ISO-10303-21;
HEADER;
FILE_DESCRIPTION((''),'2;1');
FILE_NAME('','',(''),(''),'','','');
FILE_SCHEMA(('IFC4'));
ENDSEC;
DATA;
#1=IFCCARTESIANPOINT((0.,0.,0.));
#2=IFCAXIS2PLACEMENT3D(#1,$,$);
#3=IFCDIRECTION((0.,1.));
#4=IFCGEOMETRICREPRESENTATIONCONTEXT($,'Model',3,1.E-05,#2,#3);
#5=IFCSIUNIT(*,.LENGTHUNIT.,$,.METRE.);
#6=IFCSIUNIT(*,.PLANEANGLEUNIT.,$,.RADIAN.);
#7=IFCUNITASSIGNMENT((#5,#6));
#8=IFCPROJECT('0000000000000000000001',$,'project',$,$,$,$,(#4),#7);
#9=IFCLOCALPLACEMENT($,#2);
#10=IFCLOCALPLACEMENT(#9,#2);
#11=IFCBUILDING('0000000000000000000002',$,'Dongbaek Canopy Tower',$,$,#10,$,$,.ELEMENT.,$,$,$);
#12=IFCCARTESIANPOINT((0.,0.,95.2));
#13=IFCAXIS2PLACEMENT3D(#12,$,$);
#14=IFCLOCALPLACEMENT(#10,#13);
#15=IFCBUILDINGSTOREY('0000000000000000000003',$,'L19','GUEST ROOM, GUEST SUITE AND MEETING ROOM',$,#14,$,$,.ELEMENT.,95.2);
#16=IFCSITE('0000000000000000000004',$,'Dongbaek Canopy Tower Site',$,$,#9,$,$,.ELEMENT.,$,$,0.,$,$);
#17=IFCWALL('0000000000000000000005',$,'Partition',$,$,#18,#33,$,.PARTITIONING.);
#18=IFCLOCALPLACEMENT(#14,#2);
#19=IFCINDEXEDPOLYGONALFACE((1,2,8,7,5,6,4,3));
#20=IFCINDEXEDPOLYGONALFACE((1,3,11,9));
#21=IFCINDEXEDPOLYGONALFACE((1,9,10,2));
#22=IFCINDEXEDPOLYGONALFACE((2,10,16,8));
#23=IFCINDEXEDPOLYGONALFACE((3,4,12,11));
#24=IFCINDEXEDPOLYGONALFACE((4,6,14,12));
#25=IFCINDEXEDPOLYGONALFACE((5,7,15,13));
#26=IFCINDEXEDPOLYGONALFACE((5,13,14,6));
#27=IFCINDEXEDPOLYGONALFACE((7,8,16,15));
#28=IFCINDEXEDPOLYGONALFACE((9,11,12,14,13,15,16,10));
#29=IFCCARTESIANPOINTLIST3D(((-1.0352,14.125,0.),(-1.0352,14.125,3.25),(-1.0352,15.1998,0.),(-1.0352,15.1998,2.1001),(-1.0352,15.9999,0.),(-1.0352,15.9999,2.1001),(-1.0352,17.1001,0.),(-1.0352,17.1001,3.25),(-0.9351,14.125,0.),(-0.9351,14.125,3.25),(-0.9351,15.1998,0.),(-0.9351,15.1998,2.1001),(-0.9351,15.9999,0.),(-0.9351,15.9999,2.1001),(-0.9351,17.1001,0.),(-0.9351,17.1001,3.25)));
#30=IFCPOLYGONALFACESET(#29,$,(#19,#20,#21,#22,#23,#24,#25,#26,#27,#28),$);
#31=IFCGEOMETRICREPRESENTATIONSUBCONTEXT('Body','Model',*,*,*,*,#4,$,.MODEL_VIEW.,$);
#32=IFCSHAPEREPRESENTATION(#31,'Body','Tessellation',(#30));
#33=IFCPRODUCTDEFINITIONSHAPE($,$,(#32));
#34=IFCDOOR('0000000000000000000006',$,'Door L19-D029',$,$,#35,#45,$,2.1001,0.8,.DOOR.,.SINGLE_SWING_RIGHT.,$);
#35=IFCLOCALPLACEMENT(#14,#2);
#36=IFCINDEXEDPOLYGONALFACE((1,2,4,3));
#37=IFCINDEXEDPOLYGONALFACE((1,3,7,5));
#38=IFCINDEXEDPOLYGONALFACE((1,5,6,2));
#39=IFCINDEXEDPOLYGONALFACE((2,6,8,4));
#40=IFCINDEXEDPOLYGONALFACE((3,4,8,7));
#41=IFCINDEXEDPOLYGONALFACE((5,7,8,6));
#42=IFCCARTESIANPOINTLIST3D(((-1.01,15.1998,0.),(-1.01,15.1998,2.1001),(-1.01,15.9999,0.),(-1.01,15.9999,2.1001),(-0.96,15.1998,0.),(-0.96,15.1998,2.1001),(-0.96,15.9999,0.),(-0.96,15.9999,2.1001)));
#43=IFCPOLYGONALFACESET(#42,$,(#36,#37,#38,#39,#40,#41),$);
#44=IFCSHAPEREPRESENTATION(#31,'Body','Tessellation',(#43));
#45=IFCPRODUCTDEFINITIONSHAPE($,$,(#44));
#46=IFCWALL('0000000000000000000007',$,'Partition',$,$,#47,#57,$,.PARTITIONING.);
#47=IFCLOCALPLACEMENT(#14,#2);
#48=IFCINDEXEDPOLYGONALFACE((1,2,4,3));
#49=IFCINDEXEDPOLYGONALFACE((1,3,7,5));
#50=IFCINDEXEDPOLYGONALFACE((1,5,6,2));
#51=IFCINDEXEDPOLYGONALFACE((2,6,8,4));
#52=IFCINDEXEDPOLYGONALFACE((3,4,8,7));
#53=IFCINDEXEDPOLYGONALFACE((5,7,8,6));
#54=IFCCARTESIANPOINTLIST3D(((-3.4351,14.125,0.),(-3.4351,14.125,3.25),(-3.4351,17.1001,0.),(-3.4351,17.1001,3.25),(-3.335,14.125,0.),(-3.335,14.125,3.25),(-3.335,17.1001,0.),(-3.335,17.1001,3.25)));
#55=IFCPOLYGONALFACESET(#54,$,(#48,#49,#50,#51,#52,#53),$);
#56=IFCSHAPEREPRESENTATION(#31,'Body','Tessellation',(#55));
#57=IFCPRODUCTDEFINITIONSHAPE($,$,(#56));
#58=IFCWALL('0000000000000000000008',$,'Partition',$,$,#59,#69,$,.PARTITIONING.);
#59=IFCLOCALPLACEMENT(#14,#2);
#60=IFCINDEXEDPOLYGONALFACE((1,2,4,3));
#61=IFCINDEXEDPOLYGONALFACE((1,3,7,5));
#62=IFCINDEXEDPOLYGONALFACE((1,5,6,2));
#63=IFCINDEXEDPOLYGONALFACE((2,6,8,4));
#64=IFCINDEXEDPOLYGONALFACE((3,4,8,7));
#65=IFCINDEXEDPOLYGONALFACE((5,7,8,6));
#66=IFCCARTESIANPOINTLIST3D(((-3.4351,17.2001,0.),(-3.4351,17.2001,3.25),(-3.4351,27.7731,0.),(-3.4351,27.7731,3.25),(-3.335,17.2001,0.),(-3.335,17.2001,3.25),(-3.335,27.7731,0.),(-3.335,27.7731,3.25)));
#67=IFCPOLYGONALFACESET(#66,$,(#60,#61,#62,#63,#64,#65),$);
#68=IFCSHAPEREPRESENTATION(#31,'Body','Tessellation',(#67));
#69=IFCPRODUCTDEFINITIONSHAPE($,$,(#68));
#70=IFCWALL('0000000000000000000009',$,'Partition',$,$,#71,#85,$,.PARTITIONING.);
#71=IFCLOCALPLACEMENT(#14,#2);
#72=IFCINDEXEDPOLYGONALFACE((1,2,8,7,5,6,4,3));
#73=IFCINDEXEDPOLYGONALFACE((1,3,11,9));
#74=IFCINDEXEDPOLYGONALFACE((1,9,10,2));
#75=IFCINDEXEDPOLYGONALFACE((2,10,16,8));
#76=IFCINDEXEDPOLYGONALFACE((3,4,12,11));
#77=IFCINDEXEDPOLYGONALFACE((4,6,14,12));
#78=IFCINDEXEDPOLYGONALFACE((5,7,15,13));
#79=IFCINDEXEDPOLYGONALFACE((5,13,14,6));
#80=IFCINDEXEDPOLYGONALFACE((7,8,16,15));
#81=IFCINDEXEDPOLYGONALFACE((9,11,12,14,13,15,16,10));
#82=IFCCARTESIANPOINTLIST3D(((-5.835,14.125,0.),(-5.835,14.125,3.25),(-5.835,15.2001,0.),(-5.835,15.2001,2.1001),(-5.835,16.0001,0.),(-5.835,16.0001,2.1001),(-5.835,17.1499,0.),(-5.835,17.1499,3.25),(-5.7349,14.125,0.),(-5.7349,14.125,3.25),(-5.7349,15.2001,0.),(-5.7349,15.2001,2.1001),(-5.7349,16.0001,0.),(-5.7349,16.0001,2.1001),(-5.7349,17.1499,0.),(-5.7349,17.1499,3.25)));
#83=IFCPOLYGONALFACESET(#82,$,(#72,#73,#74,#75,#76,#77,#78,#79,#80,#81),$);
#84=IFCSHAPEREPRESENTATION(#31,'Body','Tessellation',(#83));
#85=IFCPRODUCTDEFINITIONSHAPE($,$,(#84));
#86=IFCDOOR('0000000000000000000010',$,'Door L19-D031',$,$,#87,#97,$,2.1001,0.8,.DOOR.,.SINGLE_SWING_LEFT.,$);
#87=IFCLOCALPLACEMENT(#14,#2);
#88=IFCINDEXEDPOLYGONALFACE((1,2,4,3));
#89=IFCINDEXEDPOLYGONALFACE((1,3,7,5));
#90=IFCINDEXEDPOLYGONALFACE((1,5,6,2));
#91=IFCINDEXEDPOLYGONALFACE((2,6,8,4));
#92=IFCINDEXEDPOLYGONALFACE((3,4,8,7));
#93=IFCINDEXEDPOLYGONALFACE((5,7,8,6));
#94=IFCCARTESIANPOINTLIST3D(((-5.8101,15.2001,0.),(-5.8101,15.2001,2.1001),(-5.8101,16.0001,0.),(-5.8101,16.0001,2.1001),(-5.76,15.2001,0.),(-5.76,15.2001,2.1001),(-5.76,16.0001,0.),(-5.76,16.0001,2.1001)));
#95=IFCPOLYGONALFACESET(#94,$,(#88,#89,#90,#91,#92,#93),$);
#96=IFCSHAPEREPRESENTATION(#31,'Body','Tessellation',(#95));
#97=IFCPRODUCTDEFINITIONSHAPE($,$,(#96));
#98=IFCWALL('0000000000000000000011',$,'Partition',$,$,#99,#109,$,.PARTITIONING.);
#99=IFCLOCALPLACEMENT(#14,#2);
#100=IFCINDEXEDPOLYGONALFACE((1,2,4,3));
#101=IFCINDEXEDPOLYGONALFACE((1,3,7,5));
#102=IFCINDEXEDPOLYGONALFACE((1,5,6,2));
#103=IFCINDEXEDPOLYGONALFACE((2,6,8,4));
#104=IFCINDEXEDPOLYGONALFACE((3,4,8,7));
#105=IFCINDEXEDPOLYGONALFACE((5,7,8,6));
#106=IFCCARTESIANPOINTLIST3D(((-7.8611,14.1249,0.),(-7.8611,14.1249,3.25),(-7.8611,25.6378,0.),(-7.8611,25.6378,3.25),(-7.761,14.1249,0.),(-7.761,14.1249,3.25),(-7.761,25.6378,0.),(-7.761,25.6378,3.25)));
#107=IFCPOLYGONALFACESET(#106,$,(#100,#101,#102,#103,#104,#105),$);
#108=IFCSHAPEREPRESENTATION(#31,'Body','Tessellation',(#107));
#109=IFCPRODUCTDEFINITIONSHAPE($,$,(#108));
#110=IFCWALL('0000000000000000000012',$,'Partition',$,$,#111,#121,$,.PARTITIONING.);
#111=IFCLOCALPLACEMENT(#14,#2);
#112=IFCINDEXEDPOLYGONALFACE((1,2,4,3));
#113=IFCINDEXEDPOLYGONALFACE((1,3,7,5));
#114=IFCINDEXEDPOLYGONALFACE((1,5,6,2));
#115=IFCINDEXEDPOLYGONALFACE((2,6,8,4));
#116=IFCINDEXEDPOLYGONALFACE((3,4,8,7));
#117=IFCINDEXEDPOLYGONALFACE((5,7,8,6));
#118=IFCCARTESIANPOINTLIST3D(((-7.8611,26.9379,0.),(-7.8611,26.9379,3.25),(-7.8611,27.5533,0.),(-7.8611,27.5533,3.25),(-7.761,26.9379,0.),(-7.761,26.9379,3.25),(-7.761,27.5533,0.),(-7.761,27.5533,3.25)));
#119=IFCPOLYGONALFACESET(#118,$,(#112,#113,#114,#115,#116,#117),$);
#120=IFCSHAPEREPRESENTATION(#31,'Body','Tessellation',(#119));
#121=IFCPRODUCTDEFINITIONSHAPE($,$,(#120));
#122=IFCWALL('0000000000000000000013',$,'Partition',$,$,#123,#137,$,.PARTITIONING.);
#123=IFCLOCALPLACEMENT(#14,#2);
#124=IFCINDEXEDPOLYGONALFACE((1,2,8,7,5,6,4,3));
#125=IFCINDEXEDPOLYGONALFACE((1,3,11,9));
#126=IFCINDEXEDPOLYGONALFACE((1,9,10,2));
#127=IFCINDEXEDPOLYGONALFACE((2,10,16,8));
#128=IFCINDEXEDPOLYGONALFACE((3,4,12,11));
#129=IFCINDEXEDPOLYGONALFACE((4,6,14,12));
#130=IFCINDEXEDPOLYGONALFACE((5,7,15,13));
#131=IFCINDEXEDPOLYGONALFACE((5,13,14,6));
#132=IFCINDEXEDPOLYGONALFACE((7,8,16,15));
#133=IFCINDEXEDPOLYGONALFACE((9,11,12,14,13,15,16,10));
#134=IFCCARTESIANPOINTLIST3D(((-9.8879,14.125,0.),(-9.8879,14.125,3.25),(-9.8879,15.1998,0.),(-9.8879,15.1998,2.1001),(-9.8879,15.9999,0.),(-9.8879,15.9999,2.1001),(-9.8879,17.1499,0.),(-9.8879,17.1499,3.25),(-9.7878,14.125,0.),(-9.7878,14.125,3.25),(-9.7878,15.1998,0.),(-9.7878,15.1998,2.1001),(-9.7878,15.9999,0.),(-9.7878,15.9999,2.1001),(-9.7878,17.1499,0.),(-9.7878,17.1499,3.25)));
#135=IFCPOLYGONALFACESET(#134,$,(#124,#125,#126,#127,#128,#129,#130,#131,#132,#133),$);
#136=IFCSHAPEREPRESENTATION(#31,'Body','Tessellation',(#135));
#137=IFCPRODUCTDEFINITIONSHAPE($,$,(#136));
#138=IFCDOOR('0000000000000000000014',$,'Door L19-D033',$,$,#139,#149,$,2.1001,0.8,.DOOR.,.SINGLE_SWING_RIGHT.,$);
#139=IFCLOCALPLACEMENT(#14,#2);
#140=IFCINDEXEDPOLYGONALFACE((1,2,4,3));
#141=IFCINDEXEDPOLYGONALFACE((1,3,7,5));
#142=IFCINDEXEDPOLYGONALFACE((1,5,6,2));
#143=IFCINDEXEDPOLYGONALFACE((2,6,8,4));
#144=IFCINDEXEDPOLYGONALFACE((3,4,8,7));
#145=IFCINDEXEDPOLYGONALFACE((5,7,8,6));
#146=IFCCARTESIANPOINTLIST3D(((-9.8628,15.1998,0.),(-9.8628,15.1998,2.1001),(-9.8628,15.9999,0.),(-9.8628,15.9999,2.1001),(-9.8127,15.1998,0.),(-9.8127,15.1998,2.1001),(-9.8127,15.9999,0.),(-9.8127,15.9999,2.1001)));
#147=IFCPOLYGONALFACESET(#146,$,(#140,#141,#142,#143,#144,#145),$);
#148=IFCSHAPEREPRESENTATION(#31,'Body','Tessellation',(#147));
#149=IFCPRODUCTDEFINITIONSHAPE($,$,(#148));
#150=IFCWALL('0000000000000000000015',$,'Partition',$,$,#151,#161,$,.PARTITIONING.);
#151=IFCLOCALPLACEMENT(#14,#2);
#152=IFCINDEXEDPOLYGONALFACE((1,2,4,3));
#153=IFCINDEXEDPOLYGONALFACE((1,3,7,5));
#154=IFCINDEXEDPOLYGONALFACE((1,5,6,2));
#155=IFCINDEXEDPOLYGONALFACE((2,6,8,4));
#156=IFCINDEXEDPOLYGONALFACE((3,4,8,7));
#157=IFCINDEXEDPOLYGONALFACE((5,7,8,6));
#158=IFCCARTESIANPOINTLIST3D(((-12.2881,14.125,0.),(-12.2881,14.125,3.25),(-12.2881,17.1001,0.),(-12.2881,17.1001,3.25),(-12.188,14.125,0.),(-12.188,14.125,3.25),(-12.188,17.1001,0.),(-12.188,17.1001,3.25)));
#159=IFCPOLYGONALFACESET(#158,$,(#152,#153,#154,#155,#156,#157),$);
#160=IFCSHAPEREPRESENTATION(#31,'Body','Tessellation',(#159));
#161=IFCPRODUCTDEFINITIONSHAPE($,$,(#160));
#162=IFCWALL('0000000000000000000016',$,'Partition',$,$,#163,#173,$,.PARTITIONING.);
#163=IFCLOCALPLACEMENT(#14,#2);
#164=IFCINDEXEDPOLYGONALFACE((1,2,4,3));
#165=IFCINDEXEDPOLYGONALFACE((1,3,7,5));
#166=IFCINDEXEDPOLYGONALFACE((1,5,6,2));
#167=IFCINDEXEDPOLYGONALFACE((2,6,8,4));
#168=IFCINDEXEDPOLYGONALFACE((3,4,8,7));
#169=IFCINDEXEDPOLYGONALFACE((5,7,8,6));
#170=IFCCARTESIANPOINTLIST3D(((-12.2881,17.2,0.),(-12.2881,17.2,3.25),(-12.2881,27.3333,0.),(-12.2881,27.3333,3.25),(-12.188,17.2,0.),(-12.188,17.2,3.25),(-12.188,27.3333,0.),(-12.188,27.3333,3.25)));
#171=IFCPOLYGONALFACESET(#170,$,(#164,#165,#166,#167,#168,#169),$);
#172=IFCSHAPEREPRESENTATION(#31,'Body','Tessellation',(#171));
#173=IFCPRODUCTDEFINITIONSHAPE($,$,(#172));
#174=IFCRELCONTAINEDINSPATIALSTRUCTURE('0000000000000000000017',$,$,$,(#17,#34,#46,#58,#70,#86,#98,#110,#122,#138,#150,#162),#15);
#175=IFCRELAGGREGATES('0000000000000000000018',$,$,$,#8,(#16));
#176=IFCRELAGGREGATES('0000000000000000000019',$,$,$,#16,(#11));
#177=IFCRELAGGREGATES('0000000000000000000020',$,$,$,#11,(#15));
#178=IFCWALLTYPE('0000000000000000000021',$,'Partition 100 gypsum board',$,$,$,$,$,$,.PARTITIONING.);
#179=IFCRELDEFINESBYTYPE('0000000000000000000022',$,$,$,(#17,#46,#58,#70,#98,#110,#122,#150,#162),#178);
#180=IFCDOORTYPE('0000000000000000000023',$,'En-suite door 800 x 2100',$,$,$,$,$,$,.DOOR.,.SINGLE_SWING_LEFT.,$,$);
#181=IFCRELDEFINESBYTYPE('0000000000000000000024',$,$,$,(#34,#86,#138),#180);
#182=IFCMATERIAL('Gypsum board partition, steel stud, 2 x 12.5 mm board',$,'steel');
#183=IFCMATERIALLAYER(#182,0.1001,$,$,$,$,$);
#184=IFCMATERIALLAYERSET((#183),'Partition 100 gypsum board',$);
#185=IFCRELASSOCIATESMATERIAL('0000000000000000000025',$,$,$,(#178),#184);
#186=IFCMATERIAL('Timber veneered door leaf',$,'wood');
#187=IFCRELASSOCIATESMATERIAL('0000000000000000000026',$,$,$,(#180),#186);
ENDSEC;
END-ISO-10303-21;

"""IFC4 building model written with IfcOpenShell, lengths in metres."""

from ifc_helpers import new_model, si_unit, direction, frame, frame_2d, origin, place, context, subcontext, project, spatial, rectangle, extrude, material, layer, layer_set, type_object, element, fill, save


model = new_model("IFC4")

# Units and contexts
model_context = context("Model", 3, precision=1e-05, world=origin(), true_north=direction((0.0, 1.0)))
body_context = subcontext(model_context, "Body", "Model", "MODEL_VIEW")
ifc_project = project(units=[si_unit("LENGTHUNIT", "METRE"), si_unit("PLANEANGLEUNIT", "RADIAN")], contexts=[model_context])

# Site, building, storey
site_placement = place(None, origin())
site = spatial("IfcSite", under=ifc_project, at=site_placement, Name="Dongbaek Canopy Tower Site", CompositionType="ELEMENT", RefElevation=0.0)
building_placement = place(site_placement, origin())
building = spatial("IfcBuilding", under=site, at=building_placement, Name="Dongbaek Canopy Tower", CompositionType="ELEMENT")
storey_placement = place(building_placement, frame((0.0, 0.0, 95.2)))
storey = spatial("IfcBuildingStorey", under=building, at=storey_placement, Name="L19", Description="GUEST ROOM, GUEST SUITE AND MEETING ROOM", CompositionType="ELEMENT", Elevation=95.2)

# Shared definitions
ifc_material_1 = material(Name="Gypsum board partition, steel stud, 2 x 12.5 mm board", Category="steel")
ifc_layer_1 = layer(ifc_material_1, 0.1001)
ifc_layer_set_1 = layer_set([ifc_layer_1], Name="Partition 100 gypsum board")
wall_type = type_object("IfcWallType", Name="Partition 100 gypsum board", PredefinedType="PARTITIONING", material=ifc_layer_set_1)

# Wall, opening, door
wall_1_placement = place(storey_placement, frame((-0.9851, 14.125, 0.0), z_axis=(0.0, 0.0, 1.0), x_axis=(0.0, 1.0, 0.0)))
wall_1 = element("IfcWall", 1, at=wall_1_placement, inside=storey, type_object=wall_type, Name="Partition", PredefinedType="PARTITIONING", context=body_context, shape_type="SweptSolid", body=[
    extrude(rectangle(XDim=2.9751, YDim=0.1001, at=frame_2d((1.4875, 0.0))), origin(), (0.0, 0.0, 1.0), 3.25),
])
opening_1_placement = place(wall_1_placement, frame((1.075, 0.0, 0.0)))
opening_1 = element("IfcOpeningElement", 2, at=opening_1_placement, cuts=wall_1, PredefinedType="OPENING", context=body_context, shape_type="SweptSolid", body=[
    extrude(rectangle(XDim=0.8, YDim=2.1001, at=frame_2d((0.3999, 1.05))), frame((0.0, 0.0601, 0.0), z_axis=(0.0, -1.0, 0.0), x_axis=(1.0, 0.0, 0.0)), (0.0, 0.0, 1.0), 0.1201),
])
ifc_material_2 = material(Name="Timber veneered door leaf", Category="wood")
door_type = type_object("IfcDoorType", Name="En-suite door 800 x 2100", OperationType="SINGLE_SWING_LEFT", PredefinedType="DOOR", material=ifc_material_2)
door_1_placement = place(opening_1_placement, origin())
door_1 = element("IfcDoor", 3, at=door_1_placement, inside=storey, type_object=door_type, Name="Door L19-D029", OperationType="SINGLE_SWING_RIGHT", OverallHeight=2.1001, OverallWidth=0.8, PredefinedType="DOOR", context=body_context, shape_type="SweptSolid", body=[
    extrude(rectangle(XDim=0.8, YDim=2.1001, at=frame_2d((0.3999, 1.05))), frame((0.0, 0.0249, 0.0), z_axis=(0.0, -1.0, 0.0), x_axis=(1.0, 0.0, 0.0)), (0.0, 0.0, 1.0), 0.05),
])
fill(opening_1, door_1)

# Walls
wall_2_placement = place(storey_placement, frame((-3.385, 14.125, 0.0), z_axis=(0.0, 0.0, 1.0), x_axis=(0.0, 1.0, 0.0)))
element("IfcWall", 4, at=wall_2_placement, inside=storey, type_object=wall_type, Name="Partition", PredefinedType="PARTITIONING", context=body_context, shape_type="SweptSolid", body=[
    extrude(rectangle(XDim=2.9751, YDim=0.1001, at=frame_2d((1.4875, 0.0))), origin(), (0.0, 0.0, 1.0), 3.25),
])
wall_3_placement = place(storey_placement, frame((-3.385, 17.2, 0.0), z_axis=(0.0, 0.0, 1.0), x_axis=(0.0, 1.0, 0.0)))
element("IfcWall", 5, at=wall_3_placement, inside=storey, type_object=wall_type, Name="Partition", PredefinedType="PARTITIONING", context=body_context, shape_type="SweptSolid", body=[
    extrude(rectangle(XDim=10.573, YDim=0.1001, at=frame_2d((5.2866, 0.0))), origin(), (0.0, 0.0, 1.0), 3.25),
])

# Wall, opening, door
wall_4_placement = place(storey_placement, frame((-5.7849, 17.1499, 0.0), z_axis=(0.0, 0.0, 1.0), x_axis=(0.0, -1.0, 0.0)))
wall_4 = element("IfcWall", 6, at=wall_4_placement, inside=storey, type_object=wall_type, Name="Partition", PredefinedType="PARTITIONING", context=body_context, shape_type="SweptSolid", body=[
    extrude(rectangle(XDim=3.0249, YDim=0.1001, at=frame_2d((1.5125, 0.0))), origin(), (0.0, 0.0, 1.0), 3.25),
])
opening_2_placement = place(wall_4_placement, frame((1.1499, 0.0, 0.0)))
opening_2 = element("IfcOpeningElement", 7, at=opening_2_placement, cuts=wall_4, PredefinedType="OPENING", context=body_context, shape_type="SweptSolid", body=[
    extrude(rectangle(XDim=0.8, YDim=2.1001, at=frame_2d((0.3999, 1.05))), frame((0.0, 0.0601, 0.0), z_axis=(0.0, -1.0, 0.0), x_axis=(1.0, 0.0, 0.0)), (0.0, 0.0, 1.0), 0.1201),
])
door_2_placement = place(opening_2_placement, origin())
door_2 = element("IfcDoor", 8, at=door_2_placement, inside=storey, type_object=door_type, Name="Door L19-D031", OperationType="SINGLE_SWING_LEFT", OverallHeight=2.1001, OverallWidth=0.8, PredefinedType="DOOR", context=body_context, shape_type="SweptSolid", body=[
    extrude(rectangle(XDim=0.8, YDim=2.1001, at=frame_2d((0.3999, 1.05))), frame((0.0, 0.0249, 0.0), z_axis=(0.0, -1.0, 0.0), x_axis=(1.0, 0.0, 0.0)), (0.0, 0.0, 1.0), 0.05),
])
fill(opening_2, door_2)

# Walls
wall_5_placement = place(storey_placement, frame((-7.811, 14.125, 0.0), z_axis=(0.0, 0.0, 1.0), x_axis=(0.0, 1.0, 0.0)))
element("IfcWall", 9, at=wall_5_placement, inside=storey, type_object=wall_type, Name="Partition", PredefinedType="PARTITIONING", context=body_context, shape_type="SweptSolid", body=[
    extrude(rectangle(XDim=11.5129, YDim=0.1001, at=frame_2d((5.7563, 0.0))), origin(), (0.0, 0.0, 1.0), 3.25),
])
wall_6_placement = place(storey_placement, frame((-7.811, 26.938, 0.0), z_axis=(0.0, 0.0, 1.0), x_axis=(0.0, 1.0, 0.0)))
element("IfcWall", 10, at=wall_6_placement, inside=storey, type_object=wall_type, Name="Partition", PredefinedType="PARTITIONING", context=body_context, shape_type="SweptSolid", body=[
    extrude(rectangle(XDim=0.6155, YDim=0.1001, at=frame_2d((0.3076, 0.0))), origin(), (0.0, 0.0, 1.0), 3.25),
])

# Wall, opening, door
wall_7_placement = place(storey_placement, frame((-9.8379, 14.125, 0.0), z_axis=(0.0, 0.0, 1.0), x_axis=(0.0, 1.0, 0.0)))
wall_7 = element("IfcWall", 11, at=wall_7_placement, inside=storey, type_object=wall_type, Name="Partition", PredefinedType="PARTITIONING", context=body_context, shape_type="SweptSolid", body=[
    extrude(rectangle(XDim=3.0249, YDim=0.1001, at=frame_2d((1.5125, 0.0))), origin(), (0.0, 0.0, 1.0), 3.25),
])
opening_3_placement = place(wall_7_placement, frame((1.075, 0.0, 0.0)))
opening_3 = element("IfcOpeningElement", 12, at=opening_3_placement, cuts=wall_7, PredefinedType="OPENING", context=body_context, shape_type="SweptSolid", body=[
    extrude(rectangle(XDim=0.8, YDim=2.1001, at=frame_2d((0.3999, 1.05))), frame((0.0, 0.0601, 0.0), z_axis=(0.0, -1.0, 0.0), x_axis=(1.0, 0.0, 0.0)), (0.0, 0.0, 1.0), 0.1201),
])
door_3_placement = place(opening_3_placement, origin())
door_3 = element("IfcDoor", 13, at=door_3_placement, inside=storey, type_object=door_type, Name="Door L19-D033", OperationType="SINGLE_SWING_RIGHT", OverallHeight=2.1001, OverallWidth=0.8, PredefinedType="DOOR", context=body_context, shape_type="SweptSolid", body=[
    extrude(rectangle(XDim=0.8, YDim=2.1001, at=frame_2d((0.3999, 1.05))), frame((0.0, 0.0249, 0.0), z_axis=(0.0, -1.0, 0.0), x_axis=(1.0, 0.0, 0.0)), (0.0, 0.0, 1.0), 0.05),
])
fill(opening_3, door_3)

# Walls
wall_8_placement = place(storey_placement, frame((-12.238, 14.125, 0.0), z_axis=(0.0, 0.0, 1.0), x_axis=(0.0, 1.0, 0.0)))
element("IfcWall", 14, at=wall_8_placement, inside=storey, type_object=wall_type, Name="Partition", PredefinedType="PARTITIONING", context=body_context, shape_type="SweptSolid", body=[
    extrude(rectangle(XDim=2.9751, YDim=0.1001, at=frame_2d((1.4875, 0.0))), origin(), (0.0, 0.0, 1.0), 3.25),
])
wall_9_placement = place(storey_placement, frame((-12.238, 17.2, 0.0), z_axis=(0.0, 0.0, 1.0), x_axis=(0.0, 1.0, 0.0)))
element("IfcWall", 15, at=wall_9_placement, inside=storey, type_object=wall_type, Name="Partition", PredefinedType="PARTITIONING", context=body_context, shape_type="SweptSolid", body=[
    extrude(rectangle(XDim=10.1333, YDim=0.1001, at=frame_2d((5.0667, 0.0))), origin(), (0.0, 0.0, 1.0), 3.25),
])

save(model, "model.ifc")
